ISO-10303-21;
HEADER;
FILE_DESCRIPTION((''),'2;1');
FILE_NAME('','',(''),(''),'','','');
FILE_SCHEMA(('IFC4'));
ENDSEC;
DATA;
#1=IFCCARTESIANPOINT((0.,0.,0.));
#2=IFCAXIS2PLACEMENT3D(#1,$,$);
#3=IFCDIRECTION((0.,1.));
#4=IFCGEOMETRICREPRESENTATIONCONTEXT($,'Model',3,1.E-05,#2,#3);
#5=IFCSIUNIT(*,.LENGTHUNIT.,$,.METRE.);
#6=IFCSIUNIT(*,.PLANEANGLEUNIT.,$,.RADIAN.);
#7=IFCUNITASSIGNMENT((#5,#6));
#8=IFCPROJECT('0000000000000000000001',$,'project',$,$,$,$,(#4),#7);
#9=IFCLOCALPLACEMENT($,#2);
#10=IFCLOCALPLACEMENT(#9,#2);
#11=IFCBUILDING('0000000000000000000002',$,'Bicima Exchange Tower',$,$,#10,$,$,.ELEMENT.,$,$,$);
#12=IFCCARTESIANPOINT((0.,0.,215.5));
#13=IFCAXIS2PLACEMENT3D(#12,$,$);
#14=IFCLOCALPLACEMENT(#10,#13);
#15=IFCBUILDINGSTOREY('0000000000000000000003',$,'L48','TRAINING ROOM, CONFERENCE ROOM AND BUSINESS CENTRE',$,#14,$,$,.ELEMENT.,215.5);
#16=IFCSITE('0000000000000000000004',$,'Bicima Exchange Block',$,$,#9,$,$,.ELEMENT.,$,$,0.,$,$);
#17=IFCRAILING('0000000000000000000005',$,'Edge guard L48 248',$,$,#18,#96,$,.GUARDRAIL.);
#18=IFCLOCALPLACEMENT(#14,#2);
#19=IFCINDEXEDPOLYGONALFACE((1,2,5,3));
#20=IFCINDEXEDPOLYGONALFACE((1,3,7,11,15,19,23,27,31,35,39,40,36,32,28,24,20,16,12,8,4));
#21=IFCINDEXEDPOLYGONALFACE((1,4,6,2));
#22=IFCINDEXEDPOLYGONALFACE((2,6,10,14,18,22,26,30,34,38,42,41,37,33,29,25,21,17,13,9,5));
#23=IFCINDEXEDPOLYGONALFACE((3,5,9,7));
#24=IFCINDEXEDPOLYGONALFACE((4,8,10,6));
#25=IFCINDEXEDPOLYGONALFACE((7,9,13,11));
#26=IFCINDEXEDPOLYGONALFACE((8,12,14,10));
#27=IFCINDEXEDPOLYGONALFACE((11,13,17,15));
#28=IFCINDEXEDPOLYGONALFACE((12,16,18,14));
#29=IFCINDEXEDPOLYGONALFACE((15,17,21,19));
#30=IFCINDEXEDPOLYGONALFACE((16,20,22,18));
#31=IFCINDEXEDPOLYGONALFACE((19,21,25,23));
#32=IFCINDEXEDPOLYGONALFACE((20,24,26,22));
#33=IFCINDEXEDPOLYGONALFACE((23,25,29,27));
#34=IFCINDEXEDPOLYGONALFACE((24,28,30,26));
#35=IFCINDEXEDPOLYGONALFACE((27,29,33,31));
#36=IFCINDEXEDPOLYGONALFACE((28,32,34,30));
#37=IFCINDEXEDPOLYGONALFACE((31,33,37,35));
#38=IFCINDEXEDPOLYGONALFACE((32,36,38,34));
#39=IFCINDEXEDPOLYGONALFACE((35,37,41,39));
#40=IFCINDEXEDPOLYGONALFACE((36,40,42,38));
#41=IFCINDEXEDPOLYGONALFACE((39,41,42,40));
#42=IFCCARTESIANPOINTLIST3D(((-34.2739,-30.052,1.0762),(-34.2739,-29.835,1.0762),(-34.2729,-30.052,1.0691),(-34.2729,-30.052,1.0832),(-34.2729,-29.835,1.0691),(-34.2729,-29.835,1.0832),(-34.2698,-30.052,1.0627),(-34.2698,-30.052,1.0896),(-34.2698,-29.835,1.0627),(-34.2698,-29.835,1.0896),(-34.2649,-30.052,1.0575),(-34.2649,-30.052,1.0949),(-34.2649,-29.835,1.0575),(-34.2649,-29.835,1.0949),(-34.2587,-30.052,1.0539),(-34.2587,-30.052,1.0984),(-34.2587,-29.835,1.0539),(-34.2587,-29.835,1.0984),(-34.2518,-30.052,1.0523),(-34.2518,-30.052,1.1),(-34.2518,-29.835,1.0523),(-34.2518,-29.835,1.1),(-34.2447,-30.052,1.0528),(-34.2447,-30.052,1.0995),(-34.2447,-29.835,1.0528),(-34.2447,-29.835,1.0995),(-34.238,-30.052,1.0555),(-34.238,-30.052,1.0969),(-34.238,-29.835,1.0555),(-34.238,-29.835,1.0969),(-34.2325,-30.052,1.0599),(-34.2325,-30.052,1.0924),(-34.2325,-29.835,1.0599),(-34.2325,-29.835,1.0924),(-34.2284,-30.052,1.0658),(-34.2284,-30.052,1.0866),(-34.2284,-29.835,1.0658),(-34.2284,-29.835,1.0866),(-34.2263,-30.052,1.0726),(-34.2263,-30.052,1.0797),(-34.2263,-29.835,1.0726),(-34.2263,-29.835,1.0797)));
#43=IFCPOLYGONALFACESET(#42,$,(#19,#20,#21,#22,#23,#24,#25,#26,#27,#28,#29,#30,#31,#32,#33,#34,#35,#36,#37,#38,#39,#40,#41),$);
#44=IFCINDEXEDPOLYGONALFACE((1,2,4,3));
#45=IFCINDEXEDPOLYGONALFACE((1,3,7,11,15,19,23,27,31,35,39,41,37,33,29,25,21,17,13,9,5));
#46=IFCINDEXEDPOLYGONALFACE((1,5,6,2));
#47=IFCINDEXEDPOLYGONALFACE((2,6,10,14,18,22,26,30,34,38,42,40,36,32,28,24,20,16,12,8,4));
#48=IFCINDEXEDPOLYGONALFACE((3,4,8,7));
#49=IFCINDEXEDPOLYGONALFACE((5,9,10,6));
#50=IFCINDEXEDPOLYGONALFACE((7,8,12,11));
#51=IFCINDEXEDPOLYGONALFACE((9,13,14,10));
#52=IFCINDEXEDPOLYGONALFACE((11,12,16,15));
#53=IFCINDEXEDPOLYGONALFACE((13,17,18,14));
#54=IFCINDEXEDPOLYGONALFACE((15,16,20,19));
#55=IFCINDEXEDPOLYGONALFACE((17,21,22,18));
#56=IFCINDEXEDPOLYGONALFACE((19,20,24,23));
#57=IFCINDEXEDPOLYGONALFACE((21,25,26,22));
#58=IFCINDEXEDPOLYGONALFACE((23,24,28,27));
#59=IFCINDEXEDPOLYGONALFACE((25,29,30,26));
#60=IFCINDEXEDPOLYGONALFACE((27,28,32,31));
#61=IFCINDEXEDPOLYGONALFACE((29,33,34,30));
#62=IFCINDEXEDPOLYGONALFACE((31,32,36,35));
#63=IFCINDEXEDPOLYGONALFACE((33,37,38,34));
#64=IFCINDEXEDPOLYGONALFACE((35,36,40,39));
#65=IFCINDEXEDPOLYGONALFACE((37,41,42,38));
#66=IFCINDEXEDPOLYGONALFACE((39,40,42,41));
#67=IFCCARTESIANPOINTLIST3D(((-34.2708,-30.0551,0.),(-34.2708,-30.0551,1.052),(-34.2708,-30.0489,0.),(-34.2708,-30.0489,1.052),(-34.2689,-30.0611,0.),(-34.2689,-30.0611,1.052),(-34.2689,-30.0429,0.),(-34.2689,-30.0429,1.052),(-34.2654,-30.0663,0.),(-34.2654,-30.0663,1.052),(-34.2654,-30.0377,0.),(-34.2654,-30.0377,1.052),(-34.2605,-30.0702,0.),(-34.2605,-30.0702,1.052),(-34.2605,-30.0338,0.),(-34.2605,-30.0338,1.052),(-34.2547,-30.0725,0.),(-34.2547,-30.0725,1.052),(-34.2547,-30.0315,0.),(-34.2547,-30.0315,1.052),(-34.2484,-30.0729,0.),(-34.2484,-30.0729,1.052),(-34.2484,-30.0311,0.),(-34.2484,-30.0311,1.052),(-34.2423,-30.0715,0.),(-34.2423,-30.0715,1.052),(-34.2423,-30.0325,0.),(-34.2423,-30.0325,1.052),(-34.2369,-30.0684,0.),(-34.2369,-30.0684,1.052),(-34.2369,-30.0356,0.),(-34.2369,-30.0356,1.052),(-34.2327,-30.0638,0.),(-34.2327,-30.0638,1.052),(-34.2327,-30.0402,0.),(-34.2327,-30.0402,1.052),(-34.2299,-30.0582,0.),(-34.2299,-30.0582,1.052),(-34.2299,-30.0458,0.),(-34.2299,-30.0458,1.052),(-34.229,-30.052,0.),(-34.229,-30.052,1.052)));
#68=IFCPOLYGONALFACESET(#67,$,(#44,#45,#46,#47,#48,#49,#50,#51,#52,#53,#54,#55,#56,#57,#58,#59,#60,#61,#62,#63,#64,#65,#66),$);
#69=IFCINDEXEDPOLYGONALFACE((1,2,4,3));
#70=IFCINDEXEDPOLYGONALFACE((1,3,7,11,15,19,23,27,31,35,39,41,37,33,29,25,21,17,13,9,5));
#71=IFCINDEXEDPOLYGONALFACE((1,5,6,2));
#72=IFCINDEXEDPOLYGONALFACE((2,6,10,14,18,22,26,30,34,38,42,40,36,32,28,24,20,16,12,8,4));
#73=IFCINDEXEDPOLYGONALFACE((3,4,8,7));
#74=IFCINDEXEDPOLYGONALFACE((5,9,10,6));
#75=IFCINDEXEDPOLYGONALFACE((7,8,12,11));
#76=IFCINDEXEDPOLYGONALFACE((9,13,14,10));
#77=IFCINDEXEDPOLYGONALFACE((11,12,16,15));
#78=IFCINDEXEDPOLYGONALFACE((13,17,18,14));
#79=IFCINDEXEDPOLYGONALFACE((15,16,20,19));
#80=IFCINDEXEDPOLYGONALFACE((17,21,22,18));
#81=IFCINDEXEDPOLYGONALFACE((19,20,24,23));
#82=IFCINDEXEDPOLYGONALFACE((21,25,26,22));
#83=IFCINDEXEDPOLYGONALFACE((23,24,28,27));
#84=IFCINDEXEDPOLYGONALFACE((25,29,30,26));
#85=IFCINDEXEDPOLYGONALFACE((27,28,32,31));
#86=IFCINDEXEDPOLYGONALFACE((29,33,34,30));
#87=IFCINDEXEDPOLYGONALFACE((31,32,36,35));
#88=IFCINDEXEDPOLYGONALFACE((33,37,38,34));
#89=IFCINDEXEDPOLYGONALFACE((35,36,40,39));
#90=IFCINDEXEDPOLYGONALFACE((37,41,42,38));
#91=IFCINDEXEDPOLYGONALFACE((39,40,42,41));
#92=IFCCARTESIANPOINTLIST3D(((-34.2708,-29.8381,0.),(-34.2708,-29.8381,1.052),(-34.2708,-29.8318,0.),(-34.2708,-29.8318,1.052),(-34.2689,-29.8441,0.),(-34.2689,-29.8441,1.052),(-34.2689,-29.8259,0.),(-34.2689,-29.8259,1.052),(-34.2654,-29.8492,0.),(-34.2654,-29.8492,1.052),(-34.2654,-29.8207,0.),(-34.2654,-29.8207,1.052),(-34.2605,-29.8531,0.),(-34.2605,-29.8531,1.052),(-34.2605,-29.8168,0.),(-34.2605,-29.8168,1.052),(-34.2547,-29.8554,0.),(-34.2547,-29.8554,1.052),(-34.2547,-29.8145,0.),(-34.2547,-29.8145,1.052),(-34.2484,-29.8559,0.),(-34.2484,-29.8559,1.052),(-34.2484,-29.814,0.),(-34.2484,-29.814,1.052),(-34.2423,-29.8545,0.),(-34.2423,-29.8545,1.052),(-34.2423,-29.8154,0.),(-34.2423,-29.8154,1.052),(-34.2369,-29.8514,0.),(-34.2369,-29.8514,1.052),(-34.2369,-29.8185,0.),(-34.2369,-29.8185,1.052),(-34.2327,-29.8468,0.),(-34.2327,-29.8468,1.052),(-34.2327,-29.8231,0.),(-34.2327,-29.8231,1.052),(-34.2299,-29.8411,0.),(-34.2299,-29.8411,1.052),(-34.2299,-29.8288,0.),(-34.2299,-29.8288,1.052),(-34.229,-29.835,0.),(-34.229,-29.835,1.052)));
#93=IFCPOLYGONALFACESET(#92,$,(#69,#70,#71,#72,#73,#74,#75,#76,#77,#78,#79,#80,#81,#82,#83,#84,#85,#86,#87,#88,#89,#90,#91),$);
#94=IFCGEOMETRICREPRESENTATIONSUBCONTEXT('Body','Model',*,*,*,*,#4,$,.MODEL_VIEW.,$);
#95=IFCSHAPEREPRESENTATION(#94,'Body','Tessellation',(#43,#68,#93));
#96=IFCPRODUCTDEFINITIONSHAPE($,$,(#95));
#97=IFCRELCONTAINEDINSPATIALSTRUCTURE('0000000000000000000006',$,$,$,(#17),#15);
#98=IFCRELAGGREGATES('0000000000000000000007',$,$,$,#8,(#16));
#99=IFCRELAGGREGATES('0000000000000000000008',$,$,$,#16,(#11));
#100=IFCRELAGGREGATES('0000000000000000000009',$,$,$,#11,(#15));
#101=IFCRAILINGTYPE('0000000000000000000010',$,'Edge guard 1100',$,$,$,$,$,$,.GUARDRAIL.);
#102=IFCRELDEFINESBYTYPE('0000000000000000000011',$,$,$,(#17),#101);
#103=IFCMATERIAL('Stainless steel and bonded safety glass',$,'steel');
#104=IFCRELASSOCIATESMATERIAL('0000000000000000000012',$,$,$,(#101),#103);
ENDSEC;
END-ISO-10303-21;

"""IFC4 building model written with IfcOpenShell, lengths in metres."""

from ifc_helpers import new_model, si_unit, direction, frame, origin, origin_2d, place, context, subcontext, project, spatial, circle, extrude, material, type_object, element, save


model = new_model("IFC4")

# Units and contexts
model_context = context("Model", 3, precision=1e-05, world=origin(), true_north=direction((0.0, 1.0)))
body_context = subcontext(model_context, "Body", "Model", "MODEL_VIEW")
ifc_project = project(units=[si_unit("LENGTHUNIT", "METRE"), si_unit("PLANEANGLEUNIT", "RADIAN")], contexts=[model_context])

# Site, building, storey
site_placement = place(None, origin())
site = spatial("IfcSite", under=ifc_project, at=site_placement, Name="Bicima Exchange Block", CompositionType="ELEMENT", RefElevation=0.0)
building_placement = place(site_placement, origin())
building = spatial("IfcBuilding", under=site, at=building_placement, Name="Bicima Exchange Tower", CompositionType="ELEMENT")
storey_placement = place(building_placement, frame((0.0, 0.0, 215.5)))
storey = spatial("IfcBuildingStorey", under=building, at=storey_placement, Name="L48", Description="TRAINING ROOM, CONFERENCE ROOM AND BUSINESS CENTRE", CompositionType="ELEMENT", Elevation=215.5)

# Railing
ifc_material_1 = material(Name="Stainless steel and bonded safety glass", Category="steel")
railing_type = type_object("IfcRailingType", Name="Edge guard 1100", PredefinedType="GUARDRAIL", material=ifc_material_1)
railing_1_placement = place(storey_placement, frame((-34.25, -30.052, 0.0)))
element("IfcRailing", 1, at=railing_1_placement, inside=storey, type_object=railing_type, Name="Edge guard L48 248", PredefinedType="GUARDRAIL", context=body_context, shape_type="SweptSolid", body=[
    extrude(circle(Radius=0.0239, at=origin_2d()), frame((0.0, 0.0, 1.0762), z_axis=(0.0, 1.0, 0.0), x_axis=(-1.0, 0.0, 0.0)), (0.0, 0.0, 1.0), 0.217),
    extrude(circle(Radius=0.021, at=origin_2d()), origin(), (0.0, 0.0, 1.0), 1.052),
    extrude(circle(Radius=0.021, at=origin_2d()), frame((0.0, 0.217, 0.0)), (0.0, 0.0, 1.0), 1.052),
])

save(model, "model.ifc")
